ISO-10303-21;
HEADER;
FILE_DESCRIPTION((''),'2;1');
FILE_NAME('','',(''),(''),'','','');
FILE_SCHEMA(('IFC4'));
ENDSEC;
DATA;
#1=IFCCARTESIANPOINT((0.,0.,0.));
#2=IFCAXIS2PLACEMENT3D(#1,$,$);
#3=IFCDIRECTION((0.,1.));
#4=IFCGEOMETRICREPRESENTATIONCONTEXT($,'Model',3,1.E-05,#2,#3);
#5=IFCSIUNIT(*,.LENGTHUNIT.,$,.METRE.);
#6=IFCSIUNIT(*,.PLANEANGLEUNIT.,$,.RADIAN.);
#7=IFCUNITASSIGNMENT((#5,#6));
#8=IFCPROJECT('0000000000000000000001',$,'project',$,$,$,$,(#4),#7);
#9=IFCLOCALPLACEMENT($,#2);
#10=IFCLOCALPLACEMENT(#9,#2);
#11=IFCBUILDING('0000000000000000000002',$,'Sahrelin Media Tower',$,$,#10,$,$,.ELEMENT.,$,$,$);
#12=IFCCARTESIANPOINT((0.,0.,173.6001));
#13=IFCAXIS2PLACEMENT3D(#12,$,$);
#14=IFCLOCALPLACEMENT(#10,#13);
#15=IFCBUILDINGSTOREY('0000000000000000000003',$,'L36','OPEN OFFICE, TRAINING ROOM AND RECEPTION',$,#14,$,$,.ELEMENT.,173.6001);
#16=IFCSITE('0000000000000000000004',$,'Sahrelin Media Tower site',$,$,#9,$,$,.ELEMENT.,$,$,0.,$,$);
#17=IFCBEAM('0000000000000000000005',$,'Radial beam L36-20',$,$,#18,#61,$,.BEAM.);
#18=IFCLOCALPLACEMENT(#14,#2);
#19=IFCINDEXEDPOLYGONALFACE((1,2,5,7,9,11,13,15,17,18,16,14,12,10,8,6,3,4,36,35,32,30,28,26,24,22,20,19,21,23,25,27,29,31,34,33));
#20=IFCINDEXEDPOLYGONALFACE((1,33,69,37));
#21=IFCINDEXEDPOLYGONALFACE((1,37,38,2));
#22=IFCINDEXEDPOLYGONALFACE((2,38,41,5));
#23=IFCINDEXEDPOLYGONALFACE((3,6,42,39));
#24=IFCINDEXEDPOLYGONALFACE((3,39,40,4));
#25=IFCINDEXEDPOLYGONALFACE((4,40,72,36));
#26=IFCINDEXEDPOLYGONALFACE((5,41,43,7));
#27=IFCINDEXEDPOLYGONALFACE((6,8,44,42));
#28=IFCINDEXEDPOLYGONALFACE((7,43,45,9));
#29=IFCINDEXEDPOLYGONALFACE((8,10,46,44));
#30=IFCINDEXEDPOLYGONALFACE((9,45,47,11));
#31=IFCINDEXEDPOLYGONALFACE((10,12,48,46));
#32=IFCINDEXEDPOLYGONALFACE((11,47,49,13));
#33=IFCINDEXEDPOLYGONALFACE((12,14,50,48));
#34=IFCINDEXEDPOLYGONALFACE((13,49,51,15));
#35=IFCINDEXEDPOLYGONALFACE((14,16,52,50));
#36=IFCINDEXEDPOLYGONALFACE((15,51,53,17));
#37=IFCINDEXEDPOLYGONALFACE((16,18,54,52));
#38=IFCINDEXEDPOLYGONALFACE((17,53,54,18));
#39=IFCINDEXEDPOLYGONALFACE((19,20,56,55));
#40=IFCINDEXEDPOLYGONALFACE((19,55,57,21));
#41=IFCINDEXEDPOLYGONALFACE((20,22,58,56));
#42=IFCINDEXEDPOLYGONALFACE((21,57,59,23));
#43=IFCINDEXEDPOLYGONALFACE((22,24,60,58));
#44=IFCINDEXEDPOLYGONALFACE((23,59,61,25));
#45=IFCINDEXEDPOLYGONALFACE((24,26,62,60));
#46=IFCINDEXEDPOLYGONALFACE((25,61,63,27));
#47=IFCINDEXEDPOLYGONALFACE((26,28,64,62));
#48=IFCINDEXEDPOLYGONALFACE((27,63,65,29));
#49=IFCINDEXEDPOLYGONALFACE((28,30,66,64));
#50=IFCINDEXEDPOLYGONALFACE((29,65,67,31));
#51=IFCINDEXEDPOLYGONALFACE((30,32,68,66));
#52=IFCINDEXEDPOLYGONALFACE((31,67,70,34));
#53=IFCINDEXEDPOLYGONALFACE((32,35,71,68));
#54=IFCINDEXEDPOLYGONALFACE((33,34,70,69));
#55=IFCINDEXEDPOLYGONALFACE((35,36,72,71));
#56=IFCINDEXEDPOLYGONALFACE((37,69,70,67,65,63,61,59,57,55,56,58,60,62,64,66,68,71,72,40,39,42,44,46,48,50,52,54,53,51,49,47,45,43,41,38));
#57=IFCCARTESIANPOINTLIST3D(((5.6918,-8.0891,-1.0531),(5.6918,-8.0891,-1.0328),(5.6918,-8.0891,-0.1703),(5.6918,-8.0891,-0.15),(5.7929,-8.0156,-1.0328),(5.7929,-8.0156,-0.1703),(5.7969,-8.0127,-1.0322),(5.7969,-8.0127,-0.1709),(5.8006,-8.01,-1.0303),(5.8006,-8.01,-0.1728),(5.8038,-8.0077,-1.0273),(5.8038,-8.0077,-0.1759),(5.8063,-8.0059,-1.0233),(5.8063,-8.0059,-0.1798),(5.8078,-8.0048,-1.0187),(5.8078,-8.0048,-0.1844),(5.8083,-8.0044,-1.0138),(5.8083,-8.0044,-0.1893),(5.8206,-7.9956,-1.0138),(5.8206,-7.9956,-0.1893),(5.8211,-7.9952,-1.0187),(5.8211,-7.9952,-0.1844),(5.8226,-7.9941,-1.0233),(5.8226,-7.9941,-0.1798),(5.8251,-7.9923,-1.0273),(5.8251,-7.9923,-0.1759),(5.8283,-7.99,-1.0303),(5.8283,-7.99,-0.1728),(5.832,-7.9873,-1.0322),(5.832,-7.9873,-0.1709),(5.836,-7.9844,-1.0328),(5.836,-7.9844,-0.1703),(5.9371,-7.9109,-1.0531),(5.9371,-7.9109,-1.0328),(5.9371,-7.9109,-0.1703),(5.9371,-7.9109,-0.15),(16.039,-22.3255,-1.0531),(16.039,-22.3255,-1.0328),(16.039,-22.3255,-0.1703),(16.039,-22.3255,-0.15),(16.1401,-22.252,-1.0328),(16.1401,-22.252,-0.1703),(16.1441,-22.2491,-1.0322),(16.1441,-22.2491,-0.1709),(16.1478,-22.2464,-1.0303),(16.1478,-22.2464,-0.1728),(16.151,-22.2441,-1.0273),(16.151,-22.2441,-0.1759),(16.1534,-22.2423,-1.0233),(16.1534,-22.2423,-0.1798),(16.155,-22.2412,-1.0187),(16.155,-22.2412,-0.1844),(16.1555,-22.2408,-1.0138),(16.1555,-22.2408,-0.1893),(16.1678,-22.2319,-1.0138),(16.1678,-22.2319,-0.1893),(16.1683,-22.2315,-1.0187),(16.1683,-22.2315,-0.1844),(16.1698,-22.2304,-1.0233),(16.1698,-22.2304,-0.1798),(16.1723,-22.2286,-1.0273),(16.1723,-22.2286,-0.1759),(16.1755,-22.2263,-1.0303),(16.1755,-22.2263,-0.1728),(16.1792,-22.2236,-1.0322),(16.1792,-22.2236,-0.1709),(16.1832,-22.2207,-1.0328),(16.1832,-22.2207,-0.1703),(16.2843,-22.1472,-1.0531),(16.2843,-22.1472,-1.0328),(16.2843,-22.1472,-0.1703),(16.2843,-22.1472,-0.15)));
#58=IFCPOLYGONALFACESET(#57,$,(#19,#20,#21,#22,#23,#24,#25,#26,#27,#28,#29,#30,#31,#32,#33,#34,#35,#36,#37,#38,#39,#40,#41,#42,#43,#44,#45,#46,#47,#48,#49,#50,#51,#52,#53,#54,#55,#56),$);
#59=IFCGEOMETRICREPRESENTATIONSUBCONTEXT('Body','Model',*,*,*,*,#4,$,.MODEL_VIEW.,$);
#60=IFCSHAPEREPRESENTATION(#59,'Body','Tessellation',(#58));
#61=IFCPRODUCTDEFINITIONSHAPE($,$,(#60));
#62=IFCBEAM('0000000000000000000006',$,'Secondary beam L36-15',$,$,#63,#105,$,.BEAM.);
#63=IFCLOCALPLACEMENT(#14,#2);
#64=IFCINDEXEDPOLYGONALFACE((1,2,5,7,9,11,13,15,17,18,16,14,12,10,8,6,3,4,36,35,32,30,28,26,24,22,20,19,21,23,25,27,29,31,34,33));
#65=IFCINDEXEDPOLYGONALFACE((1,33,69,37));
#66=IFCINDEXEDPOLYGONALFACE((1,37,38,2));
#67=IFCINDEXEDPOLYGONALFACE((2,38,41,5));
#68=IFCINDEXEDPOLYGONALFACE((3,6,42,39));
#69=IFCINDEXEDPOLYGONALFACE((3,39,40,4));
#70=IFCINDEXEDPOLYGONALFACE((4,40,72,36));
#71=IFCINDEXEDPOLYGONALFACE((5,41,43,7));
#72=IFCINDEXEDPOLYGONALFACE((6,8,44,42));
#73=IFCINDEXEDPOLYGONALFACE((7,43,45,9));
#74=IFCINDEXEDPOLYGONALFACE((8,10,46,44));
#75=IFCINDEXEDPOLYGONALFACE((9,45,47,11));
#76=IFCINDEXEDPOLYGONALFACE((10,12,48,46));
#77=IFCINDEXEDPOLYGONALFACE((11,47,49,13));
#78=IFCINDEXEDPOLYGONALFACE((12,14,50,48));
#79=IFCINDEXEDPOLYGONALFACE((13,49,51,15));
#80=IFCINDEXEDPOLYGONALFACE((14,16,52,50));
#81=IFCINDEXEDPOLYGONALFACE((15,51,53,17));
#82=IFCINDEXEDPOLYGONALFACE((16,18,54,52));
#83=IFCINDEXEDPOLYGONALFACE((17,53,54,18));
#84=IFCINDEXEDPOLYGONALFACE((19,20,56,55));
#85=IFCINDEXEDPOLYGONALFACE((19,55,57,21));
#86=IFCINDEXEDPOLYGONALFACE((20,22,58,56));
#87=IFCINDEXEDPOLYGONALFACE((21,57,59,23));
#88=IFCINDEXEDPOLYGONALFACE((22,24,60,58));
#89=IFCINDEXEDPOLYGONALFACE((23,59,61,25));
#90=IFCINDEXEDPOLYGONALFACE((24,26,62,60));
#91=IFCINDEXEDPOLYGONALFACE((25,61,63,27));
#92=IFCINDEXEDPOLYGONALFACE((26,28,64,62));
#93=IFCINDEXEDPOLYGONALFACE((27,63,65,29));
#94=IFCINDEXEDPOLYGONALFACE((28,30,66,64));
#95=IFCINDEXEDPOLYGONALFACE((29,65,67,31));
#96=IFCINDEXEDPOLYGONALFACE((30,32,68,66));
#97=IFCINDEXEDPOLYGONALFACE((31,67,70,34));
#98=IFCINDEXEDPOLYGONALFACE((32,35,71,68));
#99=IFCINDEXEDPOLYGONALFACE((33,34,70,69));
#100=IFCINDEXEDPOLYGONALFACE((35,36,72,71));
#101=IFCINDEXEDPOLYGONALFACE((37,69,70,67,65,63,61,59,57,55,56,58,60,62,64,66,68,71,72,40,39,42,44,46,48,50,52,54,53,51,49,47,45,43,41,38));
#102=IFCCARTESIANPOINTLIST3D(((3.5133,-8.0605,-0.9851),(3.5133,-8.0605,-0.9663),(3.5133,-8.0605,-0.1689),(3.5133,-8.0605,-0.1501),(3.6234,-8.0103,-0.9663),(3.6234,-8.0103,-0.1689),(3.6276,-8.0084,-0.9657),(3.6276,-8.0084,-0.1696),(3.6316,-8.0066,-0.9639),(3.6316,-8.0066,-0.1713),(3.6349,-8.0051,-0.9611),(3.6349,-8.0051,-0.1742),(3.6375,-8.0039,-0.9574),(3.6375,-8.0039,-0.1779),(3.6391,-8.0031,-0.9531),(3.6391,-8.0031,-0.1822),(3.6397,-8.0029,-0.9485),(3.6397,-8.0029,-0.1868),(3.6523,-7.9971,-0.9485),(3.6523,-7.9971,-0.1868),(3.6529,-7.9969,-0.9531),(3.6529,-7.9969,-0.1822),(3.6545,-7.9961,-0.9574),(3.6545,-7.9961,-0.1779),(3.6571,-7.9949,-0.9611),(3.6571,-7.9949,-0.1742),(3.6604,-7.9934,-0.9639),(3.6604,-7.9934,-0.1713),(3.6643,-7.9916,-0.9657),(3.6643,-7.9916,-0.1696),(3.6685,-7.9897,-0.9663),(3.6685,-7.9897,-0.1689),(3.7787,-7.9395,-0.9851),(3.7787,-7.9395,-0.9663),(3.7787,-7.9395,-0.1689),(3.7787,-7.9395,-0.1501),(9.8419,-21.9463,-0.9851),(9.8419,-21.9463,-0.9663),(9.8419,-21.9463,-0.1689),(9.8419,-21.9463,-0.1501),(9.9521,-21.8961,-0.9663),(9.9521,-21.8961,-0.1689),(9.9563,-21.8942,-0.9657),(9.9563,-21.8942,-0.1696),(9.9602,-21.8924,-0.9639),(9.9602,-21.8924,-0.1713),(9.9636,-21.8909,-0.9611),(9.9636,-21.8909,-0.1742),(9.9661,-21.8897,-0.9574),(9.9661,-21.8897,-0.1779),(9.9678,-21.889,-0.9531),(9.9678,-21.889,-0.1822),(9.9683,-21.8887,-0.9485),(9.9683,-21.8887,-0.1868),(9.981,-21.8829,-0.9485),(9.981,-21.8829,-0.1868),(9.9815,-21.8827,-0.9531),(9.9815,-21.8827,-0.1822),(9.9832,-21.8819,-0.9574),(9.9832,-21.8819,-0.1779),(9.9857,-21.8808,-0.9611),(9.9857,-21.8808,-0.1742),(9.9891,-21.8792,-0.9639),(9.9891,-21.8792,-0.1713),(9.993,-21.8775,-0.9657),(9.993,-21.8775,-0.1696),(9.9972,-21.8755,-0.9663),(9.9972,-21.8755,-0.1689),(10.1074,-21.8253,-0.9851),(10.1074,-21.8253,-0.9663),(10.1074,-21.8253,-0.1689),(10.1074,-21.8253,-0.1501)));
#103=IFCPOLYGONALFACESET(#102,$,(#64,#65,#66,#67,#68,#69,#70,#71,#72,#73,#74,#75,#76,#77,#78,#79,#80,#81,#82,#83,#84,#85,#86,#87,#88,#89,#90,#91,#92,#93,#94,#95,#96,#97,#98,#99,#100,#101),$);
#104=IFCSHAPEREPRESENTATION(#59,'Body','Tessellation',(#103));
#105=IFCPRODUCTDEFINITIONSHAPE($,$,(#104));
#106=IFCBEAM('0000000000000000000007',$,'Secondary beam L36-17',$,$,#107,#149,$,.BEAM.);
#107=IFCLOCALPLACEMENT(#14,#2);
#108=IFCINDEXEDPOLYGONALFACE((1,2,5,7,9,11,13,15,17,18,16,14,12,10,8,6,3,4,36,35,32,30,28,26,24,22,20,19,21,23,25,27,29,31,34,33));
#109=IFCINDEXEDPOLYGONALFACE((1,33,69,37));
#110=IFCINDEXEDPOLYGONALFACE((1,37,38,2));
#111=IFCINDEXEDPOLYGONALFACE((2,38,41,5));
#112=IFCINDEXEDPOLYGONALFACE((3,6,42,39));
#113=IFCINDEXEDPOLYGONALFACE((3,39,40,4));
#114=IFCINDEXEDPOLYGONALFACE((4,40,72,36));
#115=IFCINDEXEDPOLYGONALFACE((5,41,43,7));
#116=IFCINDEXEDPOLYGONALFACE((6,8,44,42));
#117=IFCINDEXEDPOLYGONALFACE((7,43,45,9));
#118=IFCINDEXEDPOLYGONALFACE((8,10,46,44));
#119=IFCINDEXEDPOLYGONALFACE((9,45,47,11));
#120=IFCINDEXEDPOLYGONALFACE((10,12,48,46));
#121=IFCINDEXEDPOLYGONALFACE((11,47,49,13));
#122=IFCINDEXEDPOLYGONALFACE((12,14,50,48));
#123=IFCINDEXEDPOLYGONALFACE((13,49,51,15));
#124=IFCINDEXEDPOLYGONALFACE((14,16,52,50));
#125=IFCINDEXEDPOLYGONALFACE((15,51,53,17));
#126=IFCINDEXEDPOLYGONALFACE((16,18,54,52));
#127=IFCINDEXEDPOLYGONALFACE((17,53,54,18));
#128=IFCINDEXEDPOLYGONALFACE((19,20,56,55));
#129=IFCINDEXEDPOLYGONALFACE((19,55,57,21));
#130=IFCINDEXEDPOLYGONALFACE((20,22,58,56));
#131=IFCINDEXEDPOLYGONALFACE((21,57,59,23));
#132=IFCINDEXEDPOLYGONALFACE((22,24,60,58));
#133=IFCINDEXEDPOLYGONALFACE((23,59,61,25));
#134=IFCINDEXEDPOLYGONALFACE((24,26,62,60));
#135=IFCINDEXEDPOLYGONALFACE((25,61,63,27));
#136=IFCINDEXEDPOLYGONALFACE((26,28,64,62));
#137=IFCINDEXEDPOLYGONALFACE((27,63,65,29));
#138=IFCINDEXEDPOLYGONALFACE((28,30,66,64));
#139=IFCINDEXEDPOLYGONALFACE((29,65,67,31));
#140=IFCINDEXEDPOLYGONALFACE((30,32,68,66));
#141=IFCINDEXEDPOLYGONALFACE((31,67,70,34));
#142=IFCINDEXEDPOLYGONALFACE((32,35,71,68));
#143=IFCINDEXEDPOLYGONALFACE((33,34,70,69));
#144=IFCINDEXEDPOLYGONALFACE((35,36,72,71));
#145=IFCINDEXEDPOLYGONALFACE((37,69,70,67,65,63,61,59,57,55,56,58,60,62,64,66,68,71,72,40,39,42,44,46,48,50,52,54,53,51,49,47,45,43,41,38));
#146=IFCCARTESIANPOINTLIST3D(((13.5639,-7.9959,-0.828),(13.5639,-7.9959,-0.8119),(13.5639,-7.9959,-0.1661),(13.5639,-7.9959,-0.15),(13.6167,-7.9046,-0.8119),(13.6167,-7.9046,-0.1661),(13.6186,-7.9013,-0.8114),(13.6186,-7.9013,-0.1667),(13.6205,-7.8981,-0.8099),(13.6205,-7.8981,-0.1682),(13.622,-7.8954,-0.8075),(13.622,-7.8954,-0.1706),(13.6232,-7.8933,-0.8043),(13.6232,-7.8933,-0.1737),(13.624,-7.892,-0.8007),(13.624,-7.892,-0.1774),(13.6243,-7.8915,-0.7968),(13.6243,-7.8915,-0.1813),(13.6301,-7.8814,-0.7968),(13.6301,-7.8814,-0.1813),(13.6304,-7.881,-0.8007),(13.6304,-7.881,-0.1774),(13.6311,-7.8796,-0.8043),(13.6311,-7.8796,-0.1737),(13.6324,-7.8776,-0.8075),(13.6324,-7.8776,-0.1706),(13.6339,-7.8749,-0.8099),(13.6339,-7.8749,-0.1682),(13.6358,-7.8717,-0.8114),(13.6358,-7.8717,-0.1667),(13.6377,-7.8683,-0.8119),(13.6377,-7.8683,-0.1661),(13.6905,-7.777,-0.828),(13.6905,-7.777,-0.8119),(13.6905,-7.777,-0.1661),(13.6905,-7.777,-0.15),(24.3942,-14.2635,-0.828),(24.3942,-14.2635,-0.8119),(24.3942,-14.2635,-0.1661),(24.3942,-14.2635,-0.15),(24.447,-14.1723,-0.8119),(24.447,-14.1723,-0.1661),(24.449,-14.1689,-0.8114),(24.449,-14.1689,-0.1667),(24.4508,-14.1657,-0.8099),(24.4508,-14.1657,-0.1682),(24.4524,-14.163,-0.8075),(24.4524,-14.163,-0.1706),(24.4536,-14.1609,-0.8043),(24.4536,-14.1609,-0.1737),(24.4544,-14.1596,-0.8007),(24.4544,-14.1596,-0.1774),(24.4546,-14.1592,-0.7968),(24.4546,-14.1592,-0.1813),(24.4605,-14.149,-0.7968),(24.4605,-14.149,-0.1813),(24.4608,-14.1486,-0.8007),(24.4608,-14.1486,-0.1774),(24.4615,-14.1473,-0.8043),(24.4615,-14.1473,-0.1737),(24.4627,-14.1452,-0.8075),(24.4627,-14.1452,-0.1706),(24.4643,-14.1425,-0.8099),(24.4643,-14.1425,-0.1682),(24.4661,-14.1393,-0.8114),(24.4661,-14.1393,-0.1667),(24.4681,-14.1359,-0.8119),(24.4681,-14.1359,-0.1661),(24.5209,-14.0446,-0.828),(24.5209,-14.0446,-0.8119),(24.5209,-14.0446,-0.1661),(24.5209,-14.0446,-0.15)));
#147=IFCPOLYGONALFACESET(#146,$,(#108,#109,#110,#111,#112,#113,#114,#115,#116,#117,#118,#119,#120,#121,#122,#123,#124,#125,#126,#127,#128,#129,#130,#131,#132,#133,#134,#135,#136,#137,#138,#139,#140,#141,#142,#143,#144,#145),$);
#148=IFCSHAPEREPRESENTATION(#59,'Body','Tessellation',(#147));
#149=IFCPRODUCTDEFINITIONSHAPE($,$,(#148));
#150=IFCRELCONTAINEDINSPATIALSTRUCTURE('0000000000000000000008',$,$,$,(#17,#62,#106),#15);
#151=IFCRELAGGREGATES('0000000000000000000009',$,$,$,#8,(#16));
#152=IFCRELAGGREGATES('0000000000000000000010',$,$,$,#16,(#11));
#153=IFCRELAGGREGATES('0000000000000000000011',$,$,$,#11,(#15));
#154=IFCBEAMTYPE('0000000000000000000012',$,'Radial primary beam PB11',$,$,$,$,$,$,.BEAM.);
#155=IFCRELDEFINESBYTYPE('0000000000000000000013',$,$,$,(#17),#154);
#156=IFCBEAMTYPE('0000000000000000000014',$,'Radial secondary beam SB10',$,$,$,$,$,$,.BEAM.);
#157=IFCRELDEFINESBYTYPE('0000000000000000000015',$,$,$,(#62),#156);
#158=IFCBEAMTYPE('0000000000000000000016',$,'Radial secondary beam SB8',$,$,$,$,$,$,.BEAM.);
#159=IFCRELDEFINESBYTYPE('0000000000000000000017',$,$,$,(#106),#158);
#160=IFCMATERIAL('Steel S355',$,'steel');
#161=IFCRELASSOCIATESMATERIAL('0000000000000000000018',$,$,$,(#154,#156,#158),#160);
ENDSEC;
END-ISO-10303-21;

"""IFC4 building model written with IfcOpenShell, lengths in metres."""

from ifc_helpers import new_model, si_unit, direction, frame, origin, origin_2d, place, context, subcontext, project, spatial, i_section, extrude, material, material_profile, profile_set, type_object, element, save


model = new_model("IFC4")

# Units and contexts
model_context = context("Model", 3, precision=1e-05, world=origin(), true_north=direction((0.0, 1.0)))
body_context = subcontext(model_context, "Body", "Model", "MODEL_VIEW")
ifc_project = project(units=[si_unit("LENGTHUNIT", "METRE"), si_unit("PLANEANGLEUNIT", "RADIAN")], contexts=[model_context])

# Site, building, storey
site_placement = place(None, origin())
site = spatial("IfcSite", under=ifc_project, at=site_placement, Name="Sahrelin Media Tower site", CompositionType="ELEMENT", RefElevation=0.0)
building_placement = place(site_placement, origin())
building = spatial("IfcBuilding", under=site, at=building_placement, Name="Sahrelin Media Tower", CompositionType="ELEMENT")
storey_placement = place(building_placement, frame((0.0, 0.0, 173.6001)))
storey = spatial("IfcBuildingStorey", under=building, at=storey_placement, Name="L36", Description="OPEN OFFICE, TRAINING ROOM AND RECEPTION", CompositionType="ELEMENT", Elevation=173.6001)

# Shared definitions
ifc_material_1 = material(Name="Steel S355", Category="steel")

# Beams
ifc_material_profile_1 = material_profile(ifc_material_1, i_section(OverallWidth=0.3032, OverallDepth=0.9031, WebThickness=0.0151, FlangeThickness=0.0203, FilletRadius=0.019, at=origin_2d()), Name="UB 914x305x201")
ifc_profile_set_1 = profile_set([ifc_material_profile_1], Name="Steel S355")
beam_type_1 = type_object("IfcBeamType", Name="Radial primary beam PB11", PredefinedType="BEAM", material=ifc_profile_set_1)
beam_1_placement = place(storey_placement, frame((5.8145, -8.0, -0.6016), z_axis=(0.587929, -0.808912, 0.0), x_axis=(0.808912, 0.587929, 0.0)))
element("IfcBeam", 1, at=beam_1_placement, inside=storey, type_object=beam_type_1, Name="Radial beam L36-20", PredefinedType="BEAM", context=body_context, shape_type="SweptSolid", body=[
    extrude(i_section(OverallWidth=0.3032, OverallDepth=0.9031, WebThickness=0.0151, FlangeThickness=0.0203, FilletRadius=0.019, at=origin_2d()), origin(), (0.0, 0.0, 1.0), 17.5994),
])
ifc_material_profile_2 = material_profile(ifc_material_1, i_section(OverallWidth=0.2917, OverallDepth=0.835, WebThickness=0.0139, FlangeThickness=0.0188, FilletRadius=0.0178, at=origin_2d()), Name="UB 838x292x176")
ifc_profile_set_2 = profile_set([ifc_material_profile_2], Name="Steel S355")
beam_type_2 = type_object("IfcBeamType", Name="Radial secondary beam SB10", PredefinedType="BEAM", material=ifc_profile_set_2)
beam_2_placement = place(storey_placement, frame((3.646, -8.0, -0.5676), z_axis=(0.414721, -0.909949, 0.0), x_axis=(0.909949, 0.414721, 0.0)))
element("IfcBeam", 2, at=beam_2_placement, inside=storey, type_object=beam_type_2, Name="Secondary beam L36-15", PredefinedType="BEAM", context=body_context, shape_type="SweptSolid", body=[
    extrude(i_section(OverallWidth=0.2917, OverallDepth=0.835, WebThickness=0.0139, FlangeThickness=0.0188, FilletRadius=0.0178, at=origin_2d()), origin(), (0.0, 0.0, 1.0), 15.26),
])
ifc_material_profile_3 = material_profile(ifc_material_1, i_section(OverallWidth=0.2529, OverallDepth=0.678, WebThickness=0.0117, FlangeThickness=0.0161, FilletRadius=0.0151, at=origin_2d()), Name="UB 686x254x125")
ifc_profile_set_3 = profile_set([ifc_material_profile_3], Name="Steel S355")
beam_type_3 = type_object("IfcBeamType", Name="Radial secondary beam SB8", PredefinedType="BEAM", material=ifc_profile_set_3)
beam_3_placement = place(storey_placement, frame((13.6272, -7.8865, -0.489), z_axis=(0.865517, -0.50088, 0.0), x_axis=(0.50088, 0.865517, 0.0)))
element("IfcBeam", 3, at=beam_3_placement, inside=storey, type_object=beam_type_3, Name="Secondary beam L36-17", PredefinedType="BEAM", context=body_context, shape_type="SweptSolid", body=[
    extrude(i_section(OverallWidth=0.2529, OverallDepth=0.678, WebThickness=0.0117, FlangeThickness=0.0161, FilletRadius=0.0151, at=origin_2d()), origin(), (0.0, 0.0, 1.0), 12.5132),
])

save(model, "model.ifc")
